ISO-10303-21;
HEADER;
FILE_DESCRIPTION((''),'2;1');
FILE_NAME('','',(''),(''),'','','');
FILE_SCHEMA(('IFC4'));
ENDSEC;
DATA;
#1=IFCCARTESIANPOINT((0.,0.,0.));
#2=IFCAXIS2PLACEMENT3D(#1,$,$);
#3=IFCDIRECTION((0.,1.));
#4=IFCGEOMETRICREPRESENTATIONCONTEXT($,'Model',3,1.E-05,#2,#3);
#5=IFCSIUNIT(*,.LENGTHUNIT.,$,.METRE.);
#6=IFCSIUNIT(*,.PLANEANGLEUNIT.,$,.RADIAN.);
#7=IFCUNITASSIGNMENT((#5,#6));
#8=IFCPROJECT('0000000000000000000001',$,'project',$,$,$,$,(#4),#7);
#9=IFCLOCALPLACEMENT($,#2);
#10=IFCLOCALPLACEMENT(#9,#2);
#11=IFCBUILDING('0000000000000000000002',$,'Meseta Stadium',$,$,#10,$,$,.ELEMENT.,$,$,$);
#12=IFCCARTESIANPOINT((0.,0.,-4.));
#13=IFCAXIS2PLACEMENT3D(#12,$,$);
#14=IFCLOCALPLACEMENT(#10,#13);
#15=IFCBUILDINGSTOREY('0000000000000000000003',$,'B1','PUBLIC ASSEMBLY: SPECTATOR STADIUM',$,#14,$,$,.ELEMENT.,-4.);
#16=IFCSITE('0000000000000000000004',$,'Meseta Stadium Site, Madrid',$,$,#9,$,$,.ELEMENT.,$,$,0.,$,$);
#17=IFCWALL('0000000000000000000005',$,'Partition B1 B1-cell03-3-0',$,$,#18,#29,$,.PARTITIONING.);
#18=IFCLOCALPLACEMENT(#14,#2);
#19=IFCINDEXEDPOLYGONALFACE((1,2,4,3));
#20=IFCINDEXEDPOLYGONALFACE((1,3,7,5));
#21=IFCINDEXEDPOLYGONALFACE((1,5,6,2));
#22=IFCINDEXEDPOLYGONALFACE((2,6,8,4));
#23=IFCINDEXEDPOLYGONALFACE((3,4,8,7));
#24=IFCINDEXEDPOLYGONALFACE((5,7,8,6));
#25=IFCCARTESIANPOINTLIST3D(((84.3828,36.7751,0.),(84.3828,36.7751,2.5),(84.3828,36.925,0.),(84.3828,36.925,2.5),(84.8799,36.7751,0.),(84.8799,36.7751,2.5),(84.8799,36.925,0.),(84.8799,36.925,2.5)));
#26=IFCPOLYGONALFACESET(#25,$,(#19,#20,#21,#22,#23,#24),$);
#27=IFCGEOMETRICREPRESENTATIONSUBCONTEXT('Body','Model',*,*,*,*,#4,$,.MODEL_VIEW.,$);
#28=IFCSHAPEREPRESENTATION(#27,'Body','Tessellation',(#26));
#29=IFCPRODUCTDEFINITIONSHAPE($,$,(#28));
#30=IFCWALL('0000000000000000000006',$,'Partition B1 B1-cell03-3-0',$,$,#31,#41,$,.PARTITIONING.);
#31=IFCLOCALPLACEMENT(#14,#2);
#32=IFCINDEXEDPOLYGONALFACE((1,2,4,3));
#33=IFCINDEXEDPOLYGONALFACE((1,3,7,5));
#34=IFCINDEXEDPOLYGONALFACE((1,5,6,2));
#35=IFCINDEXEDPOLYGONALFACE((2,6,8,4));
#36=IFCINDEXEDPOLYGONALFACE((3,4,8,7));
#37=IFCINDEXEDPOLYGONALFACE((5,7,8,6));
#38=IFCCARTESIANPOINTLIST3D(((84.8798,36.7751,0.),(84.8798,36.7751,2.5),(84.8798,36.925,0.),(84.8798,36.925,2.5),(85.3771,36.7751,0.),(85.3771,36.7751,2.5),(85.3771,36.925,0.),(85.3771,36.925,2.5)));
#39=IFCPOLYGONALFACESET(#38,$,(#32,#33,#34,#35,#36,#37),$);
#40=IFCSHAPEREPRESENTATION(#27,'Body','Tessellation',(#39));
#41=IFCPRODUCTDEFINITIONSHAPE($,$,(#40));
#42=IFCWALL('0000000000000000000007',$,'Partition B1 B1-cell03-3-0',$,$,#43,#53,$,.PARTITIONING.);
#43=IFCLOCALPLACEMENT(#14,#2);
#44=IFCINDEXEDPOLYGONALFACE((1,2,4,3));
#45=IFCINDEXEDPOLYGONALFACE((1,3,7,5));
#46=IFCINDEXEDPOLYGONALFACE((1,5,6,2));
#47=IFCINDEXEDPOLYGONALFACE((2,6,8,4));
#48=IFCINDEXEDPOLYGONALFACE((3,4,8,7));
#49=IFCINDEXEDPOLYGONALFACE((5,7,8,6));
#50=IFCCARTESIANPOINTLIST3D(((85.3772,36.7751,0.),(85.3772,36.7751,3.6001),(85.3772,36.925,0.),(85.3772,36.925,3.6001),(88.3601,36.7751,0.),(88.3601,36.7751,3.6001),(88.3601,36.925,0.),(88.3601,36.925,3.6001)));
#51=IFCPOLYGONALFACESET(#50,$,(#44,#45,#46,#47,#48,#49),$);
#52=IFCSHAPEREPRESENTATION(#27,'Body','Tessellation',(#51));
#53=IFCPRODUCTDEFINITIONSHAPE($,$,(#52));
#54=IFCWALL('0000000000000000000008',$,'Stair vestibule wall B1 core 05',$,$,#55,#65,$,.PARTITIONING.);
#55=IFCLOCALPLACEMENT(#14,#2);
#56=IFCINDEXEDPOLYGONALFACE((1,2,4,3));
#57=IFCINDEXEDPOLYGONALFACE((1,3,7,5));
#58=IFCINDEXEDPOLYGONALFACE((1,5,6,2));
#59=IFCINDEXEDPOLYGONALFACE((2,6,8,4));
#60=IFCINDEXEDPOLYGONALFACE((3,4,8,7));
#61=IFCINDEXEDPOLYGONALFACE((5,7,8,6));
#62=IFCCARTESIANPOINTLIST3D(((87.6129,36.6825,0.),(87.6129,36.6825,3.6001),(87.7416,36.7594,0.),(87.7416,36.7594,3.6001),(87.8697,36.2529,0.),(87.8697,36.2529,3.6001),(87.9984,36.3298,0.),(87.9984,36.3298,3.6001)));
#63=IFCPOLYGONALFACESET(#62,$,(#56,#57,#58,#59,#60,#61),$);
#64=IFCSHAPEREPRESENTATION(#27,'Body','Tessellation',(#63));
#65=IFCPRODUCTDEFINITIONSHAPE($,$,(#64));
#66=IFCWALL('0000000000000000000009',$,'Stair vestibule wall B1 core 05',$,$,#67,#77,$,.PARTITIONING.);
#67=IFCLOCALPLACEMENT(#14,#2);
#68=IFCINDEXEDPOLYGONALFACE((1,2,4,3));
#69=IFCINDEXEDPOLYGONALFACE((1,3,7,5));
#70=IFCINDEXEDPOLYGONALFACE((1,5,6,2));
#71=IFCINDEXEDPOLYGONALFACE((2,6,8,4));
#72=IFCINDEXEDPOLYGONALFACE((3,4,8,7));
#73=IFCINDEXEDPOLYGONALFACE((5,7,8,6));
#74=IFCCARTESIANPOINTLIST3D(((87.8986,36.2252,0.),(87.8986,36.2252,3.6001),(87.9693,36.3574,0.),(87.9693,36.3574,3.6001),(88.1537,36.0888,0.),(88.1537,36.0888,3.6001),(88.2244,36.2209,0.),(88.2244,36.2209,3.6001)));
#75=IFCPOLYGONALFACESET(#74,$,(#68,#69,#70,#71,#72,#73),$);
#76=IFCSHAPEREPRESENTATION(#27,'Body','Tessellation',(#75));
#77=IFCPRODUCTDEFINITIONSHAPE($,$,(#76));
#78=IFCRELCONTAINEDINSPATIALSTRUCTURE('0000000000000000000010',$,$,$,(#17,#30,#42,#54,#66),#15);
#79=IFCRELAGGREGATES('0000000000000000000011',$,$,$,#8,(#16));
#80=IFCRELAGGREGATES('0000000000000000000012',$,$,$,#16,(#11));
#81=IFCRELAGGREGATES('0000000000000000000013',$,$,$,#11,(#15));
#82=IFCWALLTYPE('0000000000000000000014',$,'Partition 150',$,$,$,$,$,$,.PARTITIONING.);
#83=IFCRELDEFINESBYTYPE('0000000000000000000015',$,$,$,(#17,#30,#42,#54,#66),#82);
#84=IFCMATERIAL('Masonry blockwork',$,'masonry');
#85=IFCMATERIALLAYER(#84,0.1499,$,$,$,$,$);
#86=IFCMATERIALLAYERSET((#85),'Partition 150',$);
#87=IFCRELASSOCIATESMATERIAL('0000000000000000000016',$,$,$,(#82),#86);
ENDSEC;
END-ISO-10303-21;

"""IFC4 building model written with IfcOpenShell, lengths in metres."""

from ifc_helpers import new_model, si_unit, direction, frame, frame_2d, origin, place, context, subcontext, project, spatial, rectangle, extrude, material, layer, layer_set, type_object, element, save


model = new_model("IFC4")

# Units and contexts
model_context = context("Model", 3, precision=1e-05, world=origin(), true_north=direction((0.0, 1.0)))
body_context = subcontext(model_context, "Body", "Model", "MODEL_VIEW")
ifc_project = project(units=[si_unit("LENGTHUNIT", "METRE"), si_unit("PLANEANGLEUNIT", "RADIAN")], contexts=[model_context])

# Site, building, storey
site_placement = place(None, origin())
site = spatial("IfcSite", under=ifc_project, at=site_placement, Name="Meseta Stadium Site, Madrid", CompositionType="ELEMENT", RefElevation=0.0)
building_placement = place(site_placement, origin())
building = spatial("IfcBuilding", under=site, at=building_placement, Name="Meseta Stadium", CompositionType="ELEMENT")
storey_placement = place(building_placement, frame((0.0, 0.0, -4.0)))
storey = spatial("IfcBuildingStorey", under=building, at=storey_placement, Name="B1", Description="PUBLIC ASSEMBLY: SPECTATOR STADIUM", CompositionType="ELEMENT", Elevation=-4.0)

# Walls
ifc_material_1 = material(Name="Masonry blockwork", Category="masonry")
ifc_layer = layer(ifc_material_1, 0.1499)
ifc_layer_set = layer_set([ifc_layer], Name="Partition 150")
wall_type = type_object("IfcWallType", Name="Partition 150", PredefinedType="PARTITIONING", material=ifc_layer_set)
wall_1_placement = place(storey_placement, frame((84.3828, 36.8501, 0.0), z_axis=(0.0, 0.0, 1.0), x_axis=(1.0, 0.0, 0.0)))
element("IfcWall", 1, at=wall_1_placement, inside=storey, type_object=wall_type, Name="Partition B1 B1-cell03-3-0", PredefinedType="PARTITIONING", context=body_context, shape_type="SweptSolid", body=[
    extrude(rectangle(XDim=0.4971, YDim=0.1499, at=frame_2d((0.2485, 0.0))), origin(), (0.0, 0.0, 1.0), 2.5),
])
wall_2_placement = place(storey_placement, frame((84.8799, 36.8501, 0.0), z_axis=(0.0, 0.0, 1.0), x_axis=(1.0, 0.0, 0.0)))
element("IfcWall", 2, at=wall_2_placement, inside=storey, type_object=wall_type, Name="Partition B1 B1-cell03-3-0", PredefinedType="PARTITIONING", context=body_context, shape_type="SweptSolid", body=[
    extrude(rectangle(XDim=0.4973, YDim=0.1499, at=frame_2d((0.2485, 0.0))), origin(), (0.0, 0.0, 1.0), 2.5),
])
wall_3_placement = place(storey_placement, frame((85.3772, 36.8501, 0.0), z_axis=(0.0, 0.0, 1.0), x_axis=(1.0, 0.0, 0.0)))
element("IfcWall", 3, at=wall_3_placement, inside=storey, type_object=wall_type, Name="Partition B1 B1-cell03-3-0", PredefinedType="PARTITIONING", context=body_context, shape_type="SweptSolid", body=[
    extrude(rectangle(XDim=2.9829, YDim=0.1499, at=frame_2d((1.4915, 0.0))), origin(), (0.0, 0.0, 1.0), 3.6001),
])
wall_4_placement = place(storey_placement, frame((87.6772, 36.7209, 0.0), z_axis=(0.0, 0.0, 1.0), x_axis=(0.513061, -0.858352, 0.0)))
element("IfcWall", 4, at=wall_4_placement, inside=storey, type_object=wall_type, Name="Stair vestibule wall B1 core 05", PredefinedType="PARTITIONING", context=body_context, shape_type="SweptSolid", body=[
    extrude(rectangle(XDim=0.5005, YDim=0.1499, at=frame_2d((0.2502, 0.0))), origin(), (0.0, 0.0, 1.0), 3.6001),
])
wall_5_placement = place(storey_placement, frame((87.9341, 36.2913, 0.0), z_axis=(0.0, 0.0, 1.0), x_axis=(0.881768, -0.471683, 0.0)))
element("IfcWall", 5, at=wall_5_placement, inside=storey, type_object=wall_type, Name="Stair vestibule wall B1 core 05", PredefinedType="PARTITIONING", context=body_context, shape_type="SweptSolid", body=[
    extrude(rectangle(XDim=0.2893, YDim=0.1499, at=frame_2d((0.1445, 0.0))), origin(), (0.0, 0.0, 1.0), 3.6001),
])

save(model, "model.ifc")
